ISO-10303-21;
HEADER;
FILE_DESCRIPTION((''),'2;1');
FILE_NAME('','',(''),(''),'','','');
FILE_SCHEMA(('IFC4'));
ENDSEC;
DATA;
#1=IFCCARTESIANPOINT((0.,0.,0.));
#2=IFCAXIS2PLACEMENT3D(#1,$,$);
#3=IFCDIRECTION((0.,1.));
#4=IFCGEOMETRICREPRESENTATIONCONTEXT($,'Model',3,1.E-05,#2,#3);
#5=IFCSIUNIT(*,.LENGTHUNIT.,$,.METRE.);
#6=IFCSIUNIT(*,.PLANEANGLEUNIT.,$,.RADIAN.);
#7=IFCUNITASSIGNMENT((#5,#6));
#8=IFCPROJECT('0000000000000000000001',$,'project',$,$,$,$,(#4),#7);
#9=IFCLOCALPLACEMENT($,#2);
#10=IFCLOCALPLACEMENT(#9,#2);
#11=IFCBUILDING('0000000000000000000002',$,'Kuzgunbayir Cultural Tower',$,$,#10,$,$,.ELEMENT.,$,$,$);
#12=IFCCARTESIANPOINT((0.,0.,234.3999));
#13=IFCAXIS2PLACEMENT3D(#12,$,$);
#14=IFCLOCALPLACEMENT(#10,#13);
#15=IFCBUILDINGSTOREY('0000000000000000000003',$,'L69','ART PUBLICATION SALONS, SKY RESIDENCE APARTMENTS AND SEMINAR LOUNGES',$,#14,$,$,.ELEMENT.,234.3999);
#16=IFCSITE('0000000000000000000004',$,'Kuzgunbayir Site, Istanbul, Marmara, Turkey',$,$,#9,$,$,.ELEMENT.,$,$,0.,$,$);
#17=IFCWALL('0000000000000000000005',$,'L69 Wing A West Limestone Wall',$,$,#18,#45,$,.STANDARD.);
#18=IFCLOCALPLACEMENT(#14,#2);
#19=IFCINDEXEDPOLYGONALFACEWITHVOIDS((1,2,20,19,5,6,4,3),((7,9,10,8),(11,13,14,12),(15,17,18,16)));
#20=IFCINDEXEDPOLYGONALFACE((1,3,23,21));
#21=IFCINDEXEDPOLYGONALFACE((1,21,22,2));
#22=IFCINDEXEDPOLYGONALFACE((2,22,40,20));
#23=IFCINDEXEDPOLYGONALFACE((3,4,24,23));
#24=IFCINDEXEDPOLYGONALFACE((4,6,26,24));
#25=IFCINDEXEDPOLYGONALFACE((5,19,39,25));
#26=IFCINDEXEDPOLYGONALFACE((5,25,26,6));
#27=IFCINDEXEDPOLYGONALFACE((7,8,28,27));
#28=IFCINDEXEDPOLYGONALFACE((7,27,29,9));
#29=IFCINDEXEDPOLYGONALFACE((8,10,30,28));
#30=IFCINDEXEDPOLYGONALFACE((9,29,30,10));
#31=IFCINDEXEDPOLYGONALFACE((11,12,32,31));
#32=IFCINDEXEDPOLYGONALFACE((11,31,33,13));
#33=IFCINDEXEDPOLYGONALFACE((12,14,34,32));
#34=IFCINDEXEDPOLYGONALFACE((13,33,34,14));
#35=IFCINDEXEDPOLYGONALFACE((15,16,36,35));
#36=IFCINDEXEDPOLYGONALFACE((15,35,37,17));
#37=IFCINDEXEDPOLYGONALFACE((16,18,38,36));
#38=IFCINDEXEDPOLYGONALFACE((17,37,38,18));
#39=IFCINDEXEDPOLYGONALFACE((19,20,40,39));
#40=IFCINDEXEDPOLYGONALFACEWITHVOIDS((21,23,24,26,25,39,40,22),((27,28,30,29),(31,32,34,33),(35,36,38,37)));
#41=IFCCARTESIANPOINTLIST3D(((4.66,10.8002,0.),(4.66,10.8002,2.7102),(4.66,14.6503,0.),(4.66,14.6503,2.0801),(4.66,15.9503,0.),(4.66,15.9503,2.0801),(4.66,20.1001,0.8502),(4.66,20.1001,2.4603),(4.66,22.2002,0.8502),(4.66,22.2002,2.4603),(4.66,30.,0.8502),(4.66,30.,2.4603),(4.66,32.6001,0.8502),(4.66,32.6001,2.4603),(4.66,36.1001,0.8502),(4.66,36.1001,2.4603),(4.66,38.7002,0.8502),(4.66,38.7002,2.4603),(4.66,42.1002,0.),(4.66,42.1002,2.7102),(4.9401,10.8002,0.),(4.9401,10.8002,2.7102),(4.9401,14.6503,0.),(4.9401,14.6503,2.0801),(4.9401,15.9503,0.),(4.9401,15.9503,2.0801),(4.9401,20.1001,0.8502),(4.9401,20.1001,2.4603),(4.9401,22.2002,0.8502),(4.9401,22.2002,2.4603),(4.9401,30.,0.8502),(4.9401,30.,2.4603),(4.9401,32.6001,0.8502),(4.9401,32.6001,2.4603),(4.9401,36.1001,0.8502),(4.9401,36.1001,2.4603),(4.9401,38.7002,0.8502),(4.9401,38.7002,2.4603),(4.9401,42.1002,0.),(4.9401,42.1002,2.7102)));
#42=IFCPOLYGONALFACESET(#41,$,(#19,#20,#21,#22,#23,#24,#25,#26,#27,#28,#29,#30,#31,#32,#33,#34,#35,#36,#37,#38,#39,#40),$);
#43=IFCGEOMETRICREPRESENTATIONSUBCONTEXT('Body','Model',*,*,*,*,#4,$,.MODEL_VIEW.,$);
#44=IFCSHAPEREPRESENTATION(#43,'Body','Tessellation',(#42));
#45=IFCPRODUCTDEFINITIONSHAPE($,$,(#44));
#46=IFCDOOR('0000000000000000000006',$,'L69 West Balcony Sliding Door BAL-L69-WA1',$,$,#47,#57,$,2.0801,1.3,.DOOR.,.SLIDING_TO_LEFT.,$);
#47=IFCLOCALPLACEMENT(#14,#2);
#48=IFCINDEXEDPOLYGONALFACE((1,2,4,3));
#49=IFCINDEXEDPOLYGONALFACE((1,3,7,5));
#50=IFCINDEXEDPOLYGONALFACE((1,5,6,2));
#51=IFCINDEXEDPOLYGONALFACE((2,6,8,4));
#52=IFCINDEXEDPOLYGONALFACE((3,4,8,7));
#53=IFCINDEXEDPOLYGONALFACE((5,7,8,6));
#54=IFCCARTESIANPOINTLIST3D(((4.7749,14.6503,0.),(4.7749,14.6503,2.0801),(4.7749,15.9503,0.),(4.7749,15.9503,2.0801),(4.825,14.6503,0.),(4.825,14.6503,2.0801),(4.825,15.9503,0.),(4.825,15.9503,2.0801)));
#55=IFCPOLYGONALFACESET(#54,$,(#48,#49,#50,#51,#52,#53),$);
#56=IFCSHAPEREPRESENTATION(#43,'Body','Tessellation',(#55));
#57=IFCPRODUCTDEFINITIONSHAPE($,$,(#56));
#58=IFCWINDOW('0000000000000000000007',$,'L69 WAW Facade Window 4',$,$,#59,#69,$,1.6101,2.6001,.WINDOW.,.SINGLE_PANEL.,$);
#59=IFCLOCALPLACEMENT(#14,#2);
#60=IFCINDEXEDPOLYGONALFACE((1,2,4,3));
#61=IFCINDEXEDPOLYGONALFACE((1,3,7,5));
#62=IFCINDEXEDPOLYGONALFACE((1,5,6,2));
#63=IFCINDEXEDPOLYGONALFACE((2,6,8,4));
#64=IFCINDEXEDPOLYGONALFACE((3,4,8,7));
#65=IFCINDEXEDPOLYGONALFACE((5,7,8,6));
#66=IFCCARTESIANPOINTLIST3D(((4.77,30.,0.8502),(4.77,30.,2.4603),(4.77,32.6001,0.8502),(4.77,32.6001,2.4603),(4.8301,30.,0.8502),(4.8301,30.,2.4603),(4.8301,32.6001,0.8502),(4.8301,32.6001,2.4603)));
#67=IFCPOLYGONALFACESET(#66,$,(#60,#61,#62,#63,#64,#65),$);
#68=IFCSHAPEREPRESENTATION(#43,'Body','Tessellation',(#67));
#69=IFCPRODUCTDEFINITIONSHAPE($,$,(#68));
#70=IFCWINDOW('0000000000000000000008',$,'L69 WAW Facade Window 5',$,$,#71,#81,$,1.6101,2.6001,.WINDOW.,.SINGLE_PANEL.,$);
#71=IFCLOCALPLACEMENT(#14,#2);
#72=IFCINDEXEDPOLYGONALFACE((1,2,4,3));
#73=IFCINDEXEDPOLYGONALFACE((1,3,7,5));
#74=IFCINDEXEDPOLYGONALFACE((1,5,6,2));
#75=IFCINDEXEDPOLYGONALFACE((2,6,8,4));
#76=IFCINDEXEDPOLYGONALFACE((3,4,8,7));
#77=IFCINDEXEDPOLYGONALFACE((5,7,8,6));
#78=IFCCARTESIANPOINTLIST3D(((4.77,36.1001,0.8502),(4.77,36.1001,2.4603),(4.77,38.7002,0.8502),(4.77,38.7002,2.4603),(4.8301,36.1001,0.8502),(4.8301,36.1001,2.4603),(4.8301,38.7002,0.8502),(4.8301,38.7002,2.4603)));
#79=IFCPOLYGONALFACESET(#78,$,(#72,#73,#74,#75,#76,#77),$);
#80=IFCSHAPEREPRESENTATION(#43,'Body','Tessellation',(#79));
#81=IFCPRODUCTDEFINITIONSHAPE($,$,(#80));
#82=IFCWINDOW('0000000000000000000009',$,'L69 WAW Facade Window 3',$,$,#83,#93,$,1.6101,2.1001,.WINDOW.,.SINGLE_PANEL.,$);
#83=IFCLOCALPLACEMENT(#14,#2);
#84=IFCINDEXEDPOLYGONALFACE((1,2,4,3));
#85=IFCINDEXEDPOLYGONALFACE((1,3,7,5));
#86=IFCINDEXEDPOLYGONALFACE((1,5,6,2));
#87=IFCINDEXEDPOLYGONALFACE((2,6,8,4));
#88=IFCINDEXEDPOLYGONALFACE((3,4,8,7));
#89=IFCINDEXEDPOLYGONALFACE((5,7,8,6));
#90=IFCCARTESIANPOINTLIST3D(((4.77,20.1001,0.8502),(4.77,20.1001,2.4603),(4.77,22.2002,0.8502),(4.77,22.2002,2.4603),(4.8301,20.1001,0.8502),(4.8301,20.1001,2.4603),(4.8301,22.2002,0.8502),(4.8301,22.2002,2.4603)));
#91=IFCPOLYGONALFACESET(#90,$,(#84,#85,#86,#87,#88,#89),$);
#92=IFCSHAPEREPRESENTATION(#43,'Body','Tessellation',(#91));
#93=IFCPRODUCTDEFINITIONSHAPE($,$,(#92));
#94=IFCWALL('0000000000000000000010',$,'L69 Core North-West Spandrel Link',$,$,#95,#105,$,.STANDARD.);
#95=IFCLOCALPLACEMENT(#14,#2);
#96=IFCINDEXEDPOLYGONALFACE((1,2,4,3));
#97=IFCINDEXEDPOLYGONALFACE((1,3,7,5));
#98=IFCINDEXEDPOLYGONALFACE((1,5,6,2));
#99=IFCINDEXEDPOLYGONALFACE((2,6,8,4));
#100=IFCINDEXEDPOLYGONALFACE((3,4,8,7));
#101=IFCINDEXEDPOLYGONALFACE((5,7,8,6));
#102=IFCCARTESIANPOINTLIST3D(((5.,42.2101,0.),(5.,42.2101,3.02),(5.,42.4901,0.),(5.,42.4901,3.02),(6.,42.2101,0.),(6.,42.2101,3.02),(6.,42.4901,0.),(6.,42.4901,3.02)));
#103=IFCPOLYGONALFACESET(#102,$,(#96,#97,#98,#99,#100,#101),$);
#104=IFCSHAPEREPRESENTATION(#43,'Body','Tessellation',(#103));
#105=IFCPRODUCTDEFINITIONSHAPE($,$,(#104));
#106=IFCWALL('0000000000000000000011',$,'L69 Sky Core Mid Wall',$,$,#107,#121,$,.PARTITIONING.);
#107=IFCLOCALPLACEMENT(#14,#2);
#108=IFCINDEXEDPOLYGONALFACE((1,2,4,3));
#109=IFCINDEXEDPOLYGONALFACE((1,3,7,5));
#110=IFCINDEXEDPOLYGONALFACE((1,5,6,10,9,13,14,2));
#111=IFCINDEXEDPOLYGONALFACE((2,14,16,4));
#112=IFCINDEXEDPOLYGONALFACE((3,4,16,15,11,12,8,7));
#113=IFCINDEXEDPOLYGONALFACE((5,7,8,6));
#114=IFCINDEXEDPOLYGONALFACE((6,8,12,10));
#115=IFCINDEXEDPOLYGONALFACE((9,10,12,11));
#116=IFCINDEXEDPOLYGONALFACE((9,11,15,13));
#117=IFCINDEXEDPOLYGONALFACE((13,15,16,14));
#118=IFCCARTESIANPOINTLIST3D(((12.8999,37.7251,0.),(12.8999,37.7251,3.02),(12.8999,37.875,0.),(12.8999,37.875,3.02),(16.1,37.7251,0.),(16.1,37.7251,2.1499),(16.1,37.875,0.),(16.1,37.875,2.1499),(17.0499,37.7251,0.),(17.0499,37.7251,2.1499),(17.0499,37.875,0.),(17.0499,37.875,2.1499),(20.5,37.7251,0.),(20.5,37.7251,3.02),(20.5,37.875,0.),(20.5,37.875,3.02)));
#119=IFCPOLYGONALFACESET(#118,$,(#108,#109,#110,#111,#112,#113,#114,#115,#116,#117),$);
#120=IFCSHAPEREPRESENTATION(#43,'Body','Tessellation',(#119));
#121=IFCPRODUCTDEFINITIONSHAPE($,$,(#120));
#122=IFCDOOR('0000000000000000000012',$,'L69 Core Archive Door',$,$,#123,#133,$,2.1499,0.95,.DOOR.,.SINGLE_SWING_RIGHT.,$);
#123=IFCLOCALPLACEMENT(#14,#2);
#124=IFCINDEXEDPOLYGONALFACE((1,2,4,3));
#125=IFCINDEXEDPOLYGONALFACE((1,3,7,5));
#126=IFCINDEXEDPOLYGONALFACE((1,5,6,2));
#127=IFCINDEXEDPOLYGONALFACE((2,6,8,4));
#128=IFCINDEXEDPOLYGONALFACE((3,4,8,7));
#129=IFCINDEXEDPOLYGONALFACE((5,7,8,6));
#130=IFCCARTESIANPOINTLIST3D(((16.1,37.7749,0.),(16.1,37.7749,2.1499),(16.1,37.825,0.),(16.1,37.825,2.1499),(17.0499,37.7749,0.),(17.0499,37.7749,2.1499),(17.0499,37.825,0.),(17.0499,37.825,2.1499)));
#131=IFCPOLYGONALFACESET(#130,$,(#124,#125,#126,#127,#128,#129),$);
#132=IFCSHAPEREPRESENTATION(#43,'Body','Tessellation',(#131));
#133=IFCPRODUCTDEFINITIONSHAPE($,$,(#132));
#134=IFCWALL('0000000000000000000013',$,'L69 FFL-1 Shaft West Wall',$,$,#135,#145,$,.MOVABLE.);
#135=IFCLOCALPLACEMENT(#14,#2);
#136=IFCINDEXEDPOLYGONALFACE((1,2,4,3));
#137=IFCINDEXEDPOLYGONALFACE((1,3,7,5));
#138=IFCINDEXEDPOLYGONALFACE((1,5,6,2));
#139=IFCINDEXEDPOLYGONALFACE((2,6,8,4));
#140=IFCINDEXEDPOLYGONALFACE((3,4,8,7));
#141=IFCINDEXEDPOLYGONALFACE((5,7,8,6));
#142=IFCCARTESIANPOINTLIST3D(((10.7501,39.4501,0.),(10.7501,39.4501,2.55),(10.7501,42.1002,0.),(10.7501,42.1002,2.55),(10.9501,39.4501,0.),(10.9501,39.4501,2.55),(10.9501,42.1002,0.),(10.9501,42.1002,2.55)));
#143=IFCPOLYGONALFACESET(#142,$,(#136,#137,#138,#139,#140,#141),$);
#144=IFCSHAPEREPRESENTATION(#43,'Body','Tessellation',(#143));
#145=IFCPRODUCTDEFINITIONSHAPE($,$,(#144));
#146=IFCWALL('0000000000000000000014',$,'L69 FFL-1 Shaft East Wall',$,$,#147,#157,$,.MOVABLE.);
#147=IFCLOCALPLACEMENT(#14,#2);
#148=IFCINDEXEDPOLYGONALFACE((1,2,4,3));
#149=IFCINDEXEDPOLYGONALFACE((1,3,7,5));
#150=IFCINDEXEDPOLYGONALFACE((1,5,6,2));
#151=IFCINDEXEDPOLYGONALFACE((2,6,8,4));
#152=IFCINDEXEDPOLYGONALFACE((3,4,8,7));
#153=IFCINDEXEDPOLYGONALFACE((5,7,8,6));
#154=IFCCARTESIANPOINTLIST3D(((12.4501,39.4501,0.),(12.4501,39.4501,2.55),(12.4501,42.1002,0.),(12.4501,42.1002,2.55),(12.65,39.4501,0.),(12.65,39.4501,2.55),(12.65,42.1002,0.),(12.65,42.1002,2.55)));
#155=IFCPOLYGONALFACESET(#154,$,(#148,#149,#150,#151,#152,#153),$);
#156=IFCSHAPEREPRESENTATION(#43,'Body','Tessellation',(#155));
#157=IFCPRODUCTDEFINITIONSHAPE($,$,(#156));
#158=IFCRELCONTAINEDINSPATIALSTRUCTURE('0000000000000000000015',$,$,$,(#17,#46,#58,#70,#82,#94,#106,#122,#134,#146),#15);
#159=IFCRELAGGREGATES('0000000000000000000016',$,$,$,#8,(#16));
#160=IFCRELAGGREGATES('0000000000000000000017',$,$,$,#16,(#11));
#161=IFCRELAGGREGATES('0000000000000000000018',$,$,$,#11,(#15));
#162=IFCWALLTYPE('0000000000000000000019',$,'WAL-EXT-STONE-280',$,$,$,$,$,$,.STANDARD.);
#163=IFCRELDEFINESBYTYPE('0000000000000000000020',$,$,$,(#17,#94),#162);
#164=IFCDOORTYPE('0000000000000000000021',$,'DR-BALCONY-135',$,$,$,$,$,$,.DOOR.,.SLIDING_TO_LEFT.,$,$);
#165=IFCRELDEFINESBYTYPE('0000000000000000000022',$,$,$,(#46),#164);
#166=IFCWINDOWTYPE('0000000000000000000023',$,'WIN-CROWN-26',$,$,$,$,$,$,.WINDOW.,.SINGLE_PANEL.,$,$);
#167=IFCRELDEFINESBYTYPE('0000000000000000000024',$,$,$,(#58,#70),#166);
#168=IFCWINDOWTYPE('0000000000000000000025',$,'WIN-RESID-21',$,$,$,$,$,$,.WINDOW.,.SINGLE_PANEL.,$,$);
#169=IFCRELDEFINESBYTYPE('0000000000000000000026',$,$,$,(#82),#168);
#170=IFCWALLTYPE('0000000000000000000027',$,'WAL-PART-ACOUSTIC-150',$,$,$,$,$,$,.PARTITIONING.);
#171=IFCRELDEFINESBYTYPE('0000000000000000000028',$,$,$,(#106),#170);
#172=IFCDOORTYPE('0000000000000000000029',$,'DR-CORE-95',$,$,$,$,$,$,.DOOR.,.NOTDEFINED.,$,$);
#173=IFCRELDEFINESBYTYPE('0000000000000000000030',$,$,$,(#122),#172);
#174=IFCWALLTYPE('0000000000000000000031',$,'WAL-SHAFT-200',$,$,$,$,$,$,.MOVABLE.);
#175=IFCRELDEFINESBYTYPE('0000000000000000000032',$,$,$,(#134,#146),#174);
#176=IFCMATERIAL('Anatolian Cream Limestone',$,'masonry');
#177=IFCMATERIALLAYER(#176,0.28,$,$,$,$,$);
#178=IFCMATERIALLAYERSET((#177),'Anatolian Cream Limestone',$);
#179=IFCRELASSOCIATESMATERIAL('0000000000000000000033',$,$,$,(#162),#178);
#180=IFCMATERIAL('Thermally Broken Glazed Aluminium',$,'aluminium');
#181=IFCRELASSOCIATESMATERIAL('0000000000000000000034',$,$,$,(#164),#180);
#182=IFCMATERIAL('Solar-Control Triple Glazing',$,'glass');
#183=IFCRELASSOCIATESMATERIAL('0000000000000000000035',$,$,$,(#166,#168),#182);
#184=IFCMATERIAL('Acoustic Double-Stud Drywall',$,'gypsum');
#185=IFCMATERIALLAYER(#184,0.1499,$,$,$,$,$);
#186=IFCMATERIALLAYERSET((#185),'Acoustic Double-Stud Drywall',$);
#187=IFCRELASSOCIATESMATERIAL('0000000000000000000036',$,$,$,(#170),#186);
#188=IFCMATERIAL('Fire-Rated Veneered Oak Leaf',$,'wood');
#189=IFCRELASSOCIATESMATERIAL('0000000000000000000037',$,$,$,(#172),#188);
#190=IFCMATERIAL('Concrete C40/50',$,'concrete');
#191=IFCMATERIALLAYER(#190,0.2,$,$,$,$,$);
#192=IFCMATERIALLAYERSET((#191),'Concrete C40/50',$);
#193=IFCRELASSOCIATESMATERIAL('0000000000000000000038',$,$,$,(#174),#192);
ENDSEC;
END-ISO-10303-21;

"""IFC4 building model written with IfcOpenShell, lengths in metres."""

from ifc_helpers import new_model, si_unit, direction, frame, frame_2d, origin, place, context, subcontext, project, spatial, rectangle, extrude, material, layer, layer_set, type_object, element, fill, save


model = new_model("IFC4")

# Units and contexts
model_context = context("Model", 3, precision=1e-05, world=origin(), true_north=direction((0.0, 1.0)))
body_context = subcontext(model_context, "Body", "Model", "MODEL_VIEW")
ifc_project = project(units=[si_unit("LENGTHUNIT", "METRE"), si_unit("PLANEANGLEUNIT", "RADIAN")], contexts=[model_context])

# Site, building, storey
site_placement = place(None, origin())
site = spatial("IfcSite", under=ifc_project, at=site_placement, Name="Kuzgunbayir Site, Istanbul, Marmara, Turkey", CompositionType="ELEMENT", RefElevation=0.0)
building_placement = place(site_placement, origin())
building = spatial("IfcBuilding", under=site, at=building_placement, Name="Kuzgunbayir Cultural Tower", CompositionType="ELEMENT")
storey_placement = place(building_placement, frame((0.0, 0.0, 234.3999)))
storey = spatial("IfcBuildingStorey", under=building, at=storey_placement, Name="L69", Description="ART PUBLICATION SALONS, SKY RESIDENCE APARTMENTS AND SEMINAR LOUNGES", CompositionType="ELEMENT", Elevation=234.3999)

# Wall, openings, door, windows
ifc_material_1 = material(Name="Anatolian Cream Limestone", Category="masonry")
ifc_layer_1 = layer(ifc_material_1, 0.28)
ifc_layer_set_1 = layer_set([ifc_layer_1], Name="Anatolian Cream Limestone")
wall_type_1 = type_object("IfcWallType", Name="WAL-EXT-STONE-280", PredefinedType="STANDARD", material=ifc_layer_set_1)
wall_1_placement = place(storey_placement, frame((4.8, 42.1001, 0.0), z_axis=(0.0, 0.0, 1.0), x_axis=(0.0, -1.0, 0.0)))
wall_1 = element("IfcWall", 1, at=wall_1_placement, inside=storey, type_object=wall_type_1, Name="L69 Wing A West Limestone Wall", PredefinedType="STANDARD", context=body_context, shape_type="SweptSolid", body=[
    extrude(rectangle(XDim=31.3, YDim=0.28, at=frame_2d((15.6499, 0.0))), origin(), (0.0, 0.0, 1.0), 2.7102),
])
opening_1_placement = place(wall_1_placement, frame((26.1499, 0.0, 0.0)))
opening_1 = element("IfcOpeningElement", 2, at=opening_1_placement, cuts=wall_1, PredefinedType="OPENING", context=body_context, shape_type="SweptSolid", body=[
    extrude(rectangle(XDim=1.3, YDim=2.0801, at=frame_2d((0.6499, 1.04))), frame((0.0, 0.1499, 0.0), z_axis=(0.0, -1.0, 0.0), x_axis=(1.0, 0.0, 0.0)), (0.0, 0.0, 1.0), 0.3),
])
opening_2_placement = place(wall_1_placement, frame((19.8999, 0.0, 0.8501)))
opening_2 = element("IfcOpeningElement", 3, at=opening_2_placement, cuts=wall_1, PredefinedType="OPENING", context=body_context, shape_type="SweptSolid", body=[
    extrude(rectangle(XDim=2.1001, YDim=1.6101, at=frame_2d((1.05, 0.8052))), frame((0.0, 0.1499, 0.0), z_axis=(0.0, -1.0, 0.0), x_axis=(1.0, 0.0, 0.0)), (0.0, 0.0, 1.0), 0.3),
])
opening_3_placement = place(wall_1_placement, frame((9.5, 0.0, 0.8501)))
opening_3 = element("IfcOpeningElement", 4, at=opening_3_placement, cuts=wall_1, PredefinedType="OPENING", context=body_context, shape_type="SweptSolid", body=[
    extrude(rectangle(XDim=2.6001, YDim=1.6101, at=frame_2d((1.3, 0.8052))), frame((0.0, 0.1499, 0.0), z_axis=(0.0, -1.0, 0.0), x_axis=(1.0, 0.0, 0.0)), (0.0, 0.0, 1.0), 0.3),
])
opening_4_placement = place(wall_1_placement, frame((3.3999, 0.0, 0.8501)))
opening_4 = element("IfcOpeningElement", 5, at=opening_4_placement, cuts=wall_1, PredefinedType="OPENING", context=body_context, shape_type="SweptSolid", body=[
    extrude(rectangle(XDim=2.6001, YDim=1.6101, at=frame_2d((1.3, 0.8052))), frame((0.0, 0.1499, 0.0), z_axis=(0.0, -1.0, 0.0), x_axis=(1.0, 0.0, 0.0)), (0.0, 0.0, 1.0), 0.3),
])
ifc_material_2 = material(Name="Thermally Broken Glazed Aluminium", Category="aluminium")
door_type_1 = type_object("IfcDoorType", Name="DR-BALCONY-135", OperationType="SLIDING_TO_LEFT", PredefinedType="DOOR", material=ifc_material_2)
door_1_placement = place(opening_1_placement, origin())
door_1 = element("IfcDoor", 6, at=door_1_placement, inside=storey, type_object=door_type_1, Name="L69 West Balcony Sliding Door BAL-L69-WA1", OperationType="SLIDING_TO_LEFT", OverallHeight=2.0801, OverallWidth=1.3, PredefinedType="DOOR", context=body_context, shape_type="SweptSolid", body=[
    extrude(rectangle(XDim=1.3, YDim=2.0801, at=frame_2d((0.6499, 1.04))), frame((0.0, 0.0249, 0.0), z_axis=(0.0, -1.0, 0.0), x_axis=(1.0, 0.0, 0.0)), (0.0, 0.0, 1.0), 0.05),
])
fill(opening_1, door_1)
ifc_material_3 = material(Name="Solar-Control Triple Glazing", Category="glass")
window_type_1 = type_object("IfcWindowType", Name="WIN-CROWN-26", PartitioningType="SINGLE_PANEL", PredefinedType="WINDOW", material=ifc_material_3)
window_1_placement = place(opening_3_placement, origin())
window_1 = element("IfcWindow", 7, at=window_1_placement, inside=storey, type_object=window_type_1, Name="L69 WAW Facade Window 4", OverallHeight=1.6101, OverallWidth=2.6001, PartitioningType="SINGLE_PANEL", PredefinedType="WINDOW", context=body_context, shape_type="SweptSolid", body=[
    extrude(rectangle(XDim=2.6001, YDim=1.6101, at=frame_2d((1.3, 0.8052))), frame((0.0, 0.03, 0.0), z_axis=(0.0, -1.0, 0.0), x_axis=(1.0, 0.0, 0.0)), (0.0, 0.0, 1.0), 0.0601),
])
fill(opening_3, window_1)
window_2_placement = place(opening_4_placement, origin())
window_2 = element("IfcWindow", 8, at=window_2_placement, inside=storey, type_object=window_type_1, Name="L69 WAW Facade Window 5", OverallHeight=1.6101, OverallWidth=2.6001, PartitioningType="SINGLE_PANEL", PredefinedType="WINDOW", context=body_context, shape_type="SweptSolid", body=[
    extrude(rectangle(XDim=2.6001, YDim=1.6101, at=frame_2d((1.3, 0.8052))), frame((0.0, 0.03, 0.0), z_axis=(0.0, -1.0, 0.0), x_axis=(1.0, 0.0, 0.0)), (0.0, 0.0, 1.0), 0.0601),
])
fill(opening_4, window_2)
window_type_2 = type_object("IfcWindowType", Name="WIN-RESID-21", PartitioningType="SINGLE_PANEL", PredefinedType="WINDOW", material=ifc_material_3)
window_3_placement = place(opening_2_placement, origin())
window_3 = element("IfcWindow", 9, at=window_3_placement, inside=storey, type_object=window_type_2, Name="L69 WAW Facade Window 3", OverallHeight=1.6101, OverallWidth=2.1001, PartitioningType="SINGLE_PANEL", PredefinedType="WINDOW", context=body_context, shape_type="SweptSolid", body=[
    extrude(rectangle(XDim=2.1001, YDim=1.6101, at=frame_2d((1.05, 0.8052))), frame((0.0, 0.03, 0.0), z_axis=(0.0, -1.0, 0.0), x_axis=(1.0, 0.0, 0.0)), (0.0, 0.0, 1.0), 0.0601),
])
fill(opening_2, window_3)

# Wall
wall_2_placement = place(storey_placement, frame((6.0, 42.3501, 0.0), z_axis=(0.0, 0.0, 1.0), x_axis=(-1.0, 0.0, 0.0)))
element("IfcWall", 10, at=wall_2_placement, inside=storey, type_object=wall_type_1, Name="L69 Core North-West Spandrel Link", PredefinedType="STANDARD", context=body_context, shape_type="SweptSolid", body=[
    extrude(rectangle(XDim=1.0, YDim=0.28, at=frame_2d((0.5, 0.0))), origin(), (0.0, 0.0, 1.0), 3.02),
])

# Wall, opening, door
ifc_material_4 = material(Name="Acoustic Double-Stud Drywall", Category="gypsum")
ifc_layer_2 = layer(ifc_material_4, 0.1499)
ifc_layer_set_2 = layer_set([ifc_layer_2], Name="Acoustic Double-Stud Drywall")
wall_type_2 = type_object("IfcWallType", Name="WAL-PART-ACOUSTIC-150", PredefinedType="PARTITIONING", material=ifc_layer_set_2)
wall_3_placement = place(storey_placement, frame((12.8999, 37.8, 0.0), z_axis=(0.0, 0.0, 1.0), x_axis=(1.0, 0.0, 0.0)))
wall_3 = element("IfcWall", 11, at=wall_3_placement, inside=storey, type_object=wall_type_2, Name="L69 Sky Core Mid Wall", PredefinedType="PARTITIONING", context=body_context, shape_type="SweptSolid", body=[
    extrude(rectangle(XDim=7.6001, YDim=0.1499, at=frame_2d((3.8, 0.0))), origin(), (0.0, 0.0, 1.0), 3.02),
])
opening_5_placement = place(wall_3_placement, frame((3.2, 0.0, 0.0)))
opening_5 = element("IfcOpeningElement", 12, at=opening_5_placement, cuts=wall_3, PredefinedType="OPENING", context=body_context, shape_type="SweptSolid", body=[
    extrude(rectangle(XDim=0.95, YDim=2.1499, at=frame_2d((0.4751, 1.075))), frame((0.0, 0.085, 0.0), z_axis=(0.0, -1.0, 0.0), x_axis=(1.0, 0.0, 0.0)), (0.0, 0.0, 1.0), 0.1699),
])
ifc_material_5 = material(Name="Fire-Rated Veneered Oak Leaf", Category="wood")
door_type_2 = type_object("IfcDoorType", Name="DR-CORE-95", OperationType="NOTDEFINED", PredefinedType="DOOR", material=ifc_material_5)
door_2_placement = place(opening_5_placement, origin())
door_2 = element("IfcDoor", 13, at=door_2_placement, inside=storey, type_object=door_type_2, Name="L69 Core Archive Door", OperationType="SINGLE_SWING_RIGHT", OverallHeight=2.1499, OverallWidth=0.95, PredefinedType="DOOR", context=body_context, shape_type="SweptSolid", body=[
    extrude(rectangle(XDim=0.95, YDim=2.1499, at=frame_2d((0.4751, 1.075))), frame((0.0, 0.0249, 0.0), z_axis=(0.0, -1.0, 0.0), x_axis=(1.0, 0.0, 0.0)), (0.0, 0.0, 1.0), 0.05),
])
fill(opening_5, door_2)
ifc_material_6 = material(Name="Concrete C40/50", Category="concrete")
ifc_layer_3 = layer(ifc_material_6, 0.2)
ifc_layer_set_3 = layer_set([ifc_layer_3], Name="Concrete C40/50")
wall_type_3 = type_object("IfcWallType", Name="WAL-SHAFT-200", PredefinedType="MOVABLE", material=ifc_layer_set_3)

# Walls
for number, where, z_axis, x_axis, name in (
    (14, (10.8501, 39.45, 0.0), (0.0, 0.0, 1.0), (0.0, 1.0, 0.0), "L69 FFL-1 Shaft West Wall"),
    (15, (12.55, 39.45, 0.0), (0.0, 0.0, 1.0), (0.0, 1.0, 0.0), "L69 FFL-1 Shaft East Wall"),
):
    element("IfcWall", number, at=place(storey_placement, frame(where, z_axis=z_axis, x_axis=x_axis)), inside=storey, type_object=wall_type_3, Name=name, PredefinedType="MOVABLE", context=body_context, shape_type="SweptSolid", body=[
        extrude(rectangle(XDim=2.6501, YDim=0.2, at=frame_2d((1.3252, 0.0))), origin(), (0.0, 0.0, 1.0), 2.55),
    ])

save(model, "model.ifc")
